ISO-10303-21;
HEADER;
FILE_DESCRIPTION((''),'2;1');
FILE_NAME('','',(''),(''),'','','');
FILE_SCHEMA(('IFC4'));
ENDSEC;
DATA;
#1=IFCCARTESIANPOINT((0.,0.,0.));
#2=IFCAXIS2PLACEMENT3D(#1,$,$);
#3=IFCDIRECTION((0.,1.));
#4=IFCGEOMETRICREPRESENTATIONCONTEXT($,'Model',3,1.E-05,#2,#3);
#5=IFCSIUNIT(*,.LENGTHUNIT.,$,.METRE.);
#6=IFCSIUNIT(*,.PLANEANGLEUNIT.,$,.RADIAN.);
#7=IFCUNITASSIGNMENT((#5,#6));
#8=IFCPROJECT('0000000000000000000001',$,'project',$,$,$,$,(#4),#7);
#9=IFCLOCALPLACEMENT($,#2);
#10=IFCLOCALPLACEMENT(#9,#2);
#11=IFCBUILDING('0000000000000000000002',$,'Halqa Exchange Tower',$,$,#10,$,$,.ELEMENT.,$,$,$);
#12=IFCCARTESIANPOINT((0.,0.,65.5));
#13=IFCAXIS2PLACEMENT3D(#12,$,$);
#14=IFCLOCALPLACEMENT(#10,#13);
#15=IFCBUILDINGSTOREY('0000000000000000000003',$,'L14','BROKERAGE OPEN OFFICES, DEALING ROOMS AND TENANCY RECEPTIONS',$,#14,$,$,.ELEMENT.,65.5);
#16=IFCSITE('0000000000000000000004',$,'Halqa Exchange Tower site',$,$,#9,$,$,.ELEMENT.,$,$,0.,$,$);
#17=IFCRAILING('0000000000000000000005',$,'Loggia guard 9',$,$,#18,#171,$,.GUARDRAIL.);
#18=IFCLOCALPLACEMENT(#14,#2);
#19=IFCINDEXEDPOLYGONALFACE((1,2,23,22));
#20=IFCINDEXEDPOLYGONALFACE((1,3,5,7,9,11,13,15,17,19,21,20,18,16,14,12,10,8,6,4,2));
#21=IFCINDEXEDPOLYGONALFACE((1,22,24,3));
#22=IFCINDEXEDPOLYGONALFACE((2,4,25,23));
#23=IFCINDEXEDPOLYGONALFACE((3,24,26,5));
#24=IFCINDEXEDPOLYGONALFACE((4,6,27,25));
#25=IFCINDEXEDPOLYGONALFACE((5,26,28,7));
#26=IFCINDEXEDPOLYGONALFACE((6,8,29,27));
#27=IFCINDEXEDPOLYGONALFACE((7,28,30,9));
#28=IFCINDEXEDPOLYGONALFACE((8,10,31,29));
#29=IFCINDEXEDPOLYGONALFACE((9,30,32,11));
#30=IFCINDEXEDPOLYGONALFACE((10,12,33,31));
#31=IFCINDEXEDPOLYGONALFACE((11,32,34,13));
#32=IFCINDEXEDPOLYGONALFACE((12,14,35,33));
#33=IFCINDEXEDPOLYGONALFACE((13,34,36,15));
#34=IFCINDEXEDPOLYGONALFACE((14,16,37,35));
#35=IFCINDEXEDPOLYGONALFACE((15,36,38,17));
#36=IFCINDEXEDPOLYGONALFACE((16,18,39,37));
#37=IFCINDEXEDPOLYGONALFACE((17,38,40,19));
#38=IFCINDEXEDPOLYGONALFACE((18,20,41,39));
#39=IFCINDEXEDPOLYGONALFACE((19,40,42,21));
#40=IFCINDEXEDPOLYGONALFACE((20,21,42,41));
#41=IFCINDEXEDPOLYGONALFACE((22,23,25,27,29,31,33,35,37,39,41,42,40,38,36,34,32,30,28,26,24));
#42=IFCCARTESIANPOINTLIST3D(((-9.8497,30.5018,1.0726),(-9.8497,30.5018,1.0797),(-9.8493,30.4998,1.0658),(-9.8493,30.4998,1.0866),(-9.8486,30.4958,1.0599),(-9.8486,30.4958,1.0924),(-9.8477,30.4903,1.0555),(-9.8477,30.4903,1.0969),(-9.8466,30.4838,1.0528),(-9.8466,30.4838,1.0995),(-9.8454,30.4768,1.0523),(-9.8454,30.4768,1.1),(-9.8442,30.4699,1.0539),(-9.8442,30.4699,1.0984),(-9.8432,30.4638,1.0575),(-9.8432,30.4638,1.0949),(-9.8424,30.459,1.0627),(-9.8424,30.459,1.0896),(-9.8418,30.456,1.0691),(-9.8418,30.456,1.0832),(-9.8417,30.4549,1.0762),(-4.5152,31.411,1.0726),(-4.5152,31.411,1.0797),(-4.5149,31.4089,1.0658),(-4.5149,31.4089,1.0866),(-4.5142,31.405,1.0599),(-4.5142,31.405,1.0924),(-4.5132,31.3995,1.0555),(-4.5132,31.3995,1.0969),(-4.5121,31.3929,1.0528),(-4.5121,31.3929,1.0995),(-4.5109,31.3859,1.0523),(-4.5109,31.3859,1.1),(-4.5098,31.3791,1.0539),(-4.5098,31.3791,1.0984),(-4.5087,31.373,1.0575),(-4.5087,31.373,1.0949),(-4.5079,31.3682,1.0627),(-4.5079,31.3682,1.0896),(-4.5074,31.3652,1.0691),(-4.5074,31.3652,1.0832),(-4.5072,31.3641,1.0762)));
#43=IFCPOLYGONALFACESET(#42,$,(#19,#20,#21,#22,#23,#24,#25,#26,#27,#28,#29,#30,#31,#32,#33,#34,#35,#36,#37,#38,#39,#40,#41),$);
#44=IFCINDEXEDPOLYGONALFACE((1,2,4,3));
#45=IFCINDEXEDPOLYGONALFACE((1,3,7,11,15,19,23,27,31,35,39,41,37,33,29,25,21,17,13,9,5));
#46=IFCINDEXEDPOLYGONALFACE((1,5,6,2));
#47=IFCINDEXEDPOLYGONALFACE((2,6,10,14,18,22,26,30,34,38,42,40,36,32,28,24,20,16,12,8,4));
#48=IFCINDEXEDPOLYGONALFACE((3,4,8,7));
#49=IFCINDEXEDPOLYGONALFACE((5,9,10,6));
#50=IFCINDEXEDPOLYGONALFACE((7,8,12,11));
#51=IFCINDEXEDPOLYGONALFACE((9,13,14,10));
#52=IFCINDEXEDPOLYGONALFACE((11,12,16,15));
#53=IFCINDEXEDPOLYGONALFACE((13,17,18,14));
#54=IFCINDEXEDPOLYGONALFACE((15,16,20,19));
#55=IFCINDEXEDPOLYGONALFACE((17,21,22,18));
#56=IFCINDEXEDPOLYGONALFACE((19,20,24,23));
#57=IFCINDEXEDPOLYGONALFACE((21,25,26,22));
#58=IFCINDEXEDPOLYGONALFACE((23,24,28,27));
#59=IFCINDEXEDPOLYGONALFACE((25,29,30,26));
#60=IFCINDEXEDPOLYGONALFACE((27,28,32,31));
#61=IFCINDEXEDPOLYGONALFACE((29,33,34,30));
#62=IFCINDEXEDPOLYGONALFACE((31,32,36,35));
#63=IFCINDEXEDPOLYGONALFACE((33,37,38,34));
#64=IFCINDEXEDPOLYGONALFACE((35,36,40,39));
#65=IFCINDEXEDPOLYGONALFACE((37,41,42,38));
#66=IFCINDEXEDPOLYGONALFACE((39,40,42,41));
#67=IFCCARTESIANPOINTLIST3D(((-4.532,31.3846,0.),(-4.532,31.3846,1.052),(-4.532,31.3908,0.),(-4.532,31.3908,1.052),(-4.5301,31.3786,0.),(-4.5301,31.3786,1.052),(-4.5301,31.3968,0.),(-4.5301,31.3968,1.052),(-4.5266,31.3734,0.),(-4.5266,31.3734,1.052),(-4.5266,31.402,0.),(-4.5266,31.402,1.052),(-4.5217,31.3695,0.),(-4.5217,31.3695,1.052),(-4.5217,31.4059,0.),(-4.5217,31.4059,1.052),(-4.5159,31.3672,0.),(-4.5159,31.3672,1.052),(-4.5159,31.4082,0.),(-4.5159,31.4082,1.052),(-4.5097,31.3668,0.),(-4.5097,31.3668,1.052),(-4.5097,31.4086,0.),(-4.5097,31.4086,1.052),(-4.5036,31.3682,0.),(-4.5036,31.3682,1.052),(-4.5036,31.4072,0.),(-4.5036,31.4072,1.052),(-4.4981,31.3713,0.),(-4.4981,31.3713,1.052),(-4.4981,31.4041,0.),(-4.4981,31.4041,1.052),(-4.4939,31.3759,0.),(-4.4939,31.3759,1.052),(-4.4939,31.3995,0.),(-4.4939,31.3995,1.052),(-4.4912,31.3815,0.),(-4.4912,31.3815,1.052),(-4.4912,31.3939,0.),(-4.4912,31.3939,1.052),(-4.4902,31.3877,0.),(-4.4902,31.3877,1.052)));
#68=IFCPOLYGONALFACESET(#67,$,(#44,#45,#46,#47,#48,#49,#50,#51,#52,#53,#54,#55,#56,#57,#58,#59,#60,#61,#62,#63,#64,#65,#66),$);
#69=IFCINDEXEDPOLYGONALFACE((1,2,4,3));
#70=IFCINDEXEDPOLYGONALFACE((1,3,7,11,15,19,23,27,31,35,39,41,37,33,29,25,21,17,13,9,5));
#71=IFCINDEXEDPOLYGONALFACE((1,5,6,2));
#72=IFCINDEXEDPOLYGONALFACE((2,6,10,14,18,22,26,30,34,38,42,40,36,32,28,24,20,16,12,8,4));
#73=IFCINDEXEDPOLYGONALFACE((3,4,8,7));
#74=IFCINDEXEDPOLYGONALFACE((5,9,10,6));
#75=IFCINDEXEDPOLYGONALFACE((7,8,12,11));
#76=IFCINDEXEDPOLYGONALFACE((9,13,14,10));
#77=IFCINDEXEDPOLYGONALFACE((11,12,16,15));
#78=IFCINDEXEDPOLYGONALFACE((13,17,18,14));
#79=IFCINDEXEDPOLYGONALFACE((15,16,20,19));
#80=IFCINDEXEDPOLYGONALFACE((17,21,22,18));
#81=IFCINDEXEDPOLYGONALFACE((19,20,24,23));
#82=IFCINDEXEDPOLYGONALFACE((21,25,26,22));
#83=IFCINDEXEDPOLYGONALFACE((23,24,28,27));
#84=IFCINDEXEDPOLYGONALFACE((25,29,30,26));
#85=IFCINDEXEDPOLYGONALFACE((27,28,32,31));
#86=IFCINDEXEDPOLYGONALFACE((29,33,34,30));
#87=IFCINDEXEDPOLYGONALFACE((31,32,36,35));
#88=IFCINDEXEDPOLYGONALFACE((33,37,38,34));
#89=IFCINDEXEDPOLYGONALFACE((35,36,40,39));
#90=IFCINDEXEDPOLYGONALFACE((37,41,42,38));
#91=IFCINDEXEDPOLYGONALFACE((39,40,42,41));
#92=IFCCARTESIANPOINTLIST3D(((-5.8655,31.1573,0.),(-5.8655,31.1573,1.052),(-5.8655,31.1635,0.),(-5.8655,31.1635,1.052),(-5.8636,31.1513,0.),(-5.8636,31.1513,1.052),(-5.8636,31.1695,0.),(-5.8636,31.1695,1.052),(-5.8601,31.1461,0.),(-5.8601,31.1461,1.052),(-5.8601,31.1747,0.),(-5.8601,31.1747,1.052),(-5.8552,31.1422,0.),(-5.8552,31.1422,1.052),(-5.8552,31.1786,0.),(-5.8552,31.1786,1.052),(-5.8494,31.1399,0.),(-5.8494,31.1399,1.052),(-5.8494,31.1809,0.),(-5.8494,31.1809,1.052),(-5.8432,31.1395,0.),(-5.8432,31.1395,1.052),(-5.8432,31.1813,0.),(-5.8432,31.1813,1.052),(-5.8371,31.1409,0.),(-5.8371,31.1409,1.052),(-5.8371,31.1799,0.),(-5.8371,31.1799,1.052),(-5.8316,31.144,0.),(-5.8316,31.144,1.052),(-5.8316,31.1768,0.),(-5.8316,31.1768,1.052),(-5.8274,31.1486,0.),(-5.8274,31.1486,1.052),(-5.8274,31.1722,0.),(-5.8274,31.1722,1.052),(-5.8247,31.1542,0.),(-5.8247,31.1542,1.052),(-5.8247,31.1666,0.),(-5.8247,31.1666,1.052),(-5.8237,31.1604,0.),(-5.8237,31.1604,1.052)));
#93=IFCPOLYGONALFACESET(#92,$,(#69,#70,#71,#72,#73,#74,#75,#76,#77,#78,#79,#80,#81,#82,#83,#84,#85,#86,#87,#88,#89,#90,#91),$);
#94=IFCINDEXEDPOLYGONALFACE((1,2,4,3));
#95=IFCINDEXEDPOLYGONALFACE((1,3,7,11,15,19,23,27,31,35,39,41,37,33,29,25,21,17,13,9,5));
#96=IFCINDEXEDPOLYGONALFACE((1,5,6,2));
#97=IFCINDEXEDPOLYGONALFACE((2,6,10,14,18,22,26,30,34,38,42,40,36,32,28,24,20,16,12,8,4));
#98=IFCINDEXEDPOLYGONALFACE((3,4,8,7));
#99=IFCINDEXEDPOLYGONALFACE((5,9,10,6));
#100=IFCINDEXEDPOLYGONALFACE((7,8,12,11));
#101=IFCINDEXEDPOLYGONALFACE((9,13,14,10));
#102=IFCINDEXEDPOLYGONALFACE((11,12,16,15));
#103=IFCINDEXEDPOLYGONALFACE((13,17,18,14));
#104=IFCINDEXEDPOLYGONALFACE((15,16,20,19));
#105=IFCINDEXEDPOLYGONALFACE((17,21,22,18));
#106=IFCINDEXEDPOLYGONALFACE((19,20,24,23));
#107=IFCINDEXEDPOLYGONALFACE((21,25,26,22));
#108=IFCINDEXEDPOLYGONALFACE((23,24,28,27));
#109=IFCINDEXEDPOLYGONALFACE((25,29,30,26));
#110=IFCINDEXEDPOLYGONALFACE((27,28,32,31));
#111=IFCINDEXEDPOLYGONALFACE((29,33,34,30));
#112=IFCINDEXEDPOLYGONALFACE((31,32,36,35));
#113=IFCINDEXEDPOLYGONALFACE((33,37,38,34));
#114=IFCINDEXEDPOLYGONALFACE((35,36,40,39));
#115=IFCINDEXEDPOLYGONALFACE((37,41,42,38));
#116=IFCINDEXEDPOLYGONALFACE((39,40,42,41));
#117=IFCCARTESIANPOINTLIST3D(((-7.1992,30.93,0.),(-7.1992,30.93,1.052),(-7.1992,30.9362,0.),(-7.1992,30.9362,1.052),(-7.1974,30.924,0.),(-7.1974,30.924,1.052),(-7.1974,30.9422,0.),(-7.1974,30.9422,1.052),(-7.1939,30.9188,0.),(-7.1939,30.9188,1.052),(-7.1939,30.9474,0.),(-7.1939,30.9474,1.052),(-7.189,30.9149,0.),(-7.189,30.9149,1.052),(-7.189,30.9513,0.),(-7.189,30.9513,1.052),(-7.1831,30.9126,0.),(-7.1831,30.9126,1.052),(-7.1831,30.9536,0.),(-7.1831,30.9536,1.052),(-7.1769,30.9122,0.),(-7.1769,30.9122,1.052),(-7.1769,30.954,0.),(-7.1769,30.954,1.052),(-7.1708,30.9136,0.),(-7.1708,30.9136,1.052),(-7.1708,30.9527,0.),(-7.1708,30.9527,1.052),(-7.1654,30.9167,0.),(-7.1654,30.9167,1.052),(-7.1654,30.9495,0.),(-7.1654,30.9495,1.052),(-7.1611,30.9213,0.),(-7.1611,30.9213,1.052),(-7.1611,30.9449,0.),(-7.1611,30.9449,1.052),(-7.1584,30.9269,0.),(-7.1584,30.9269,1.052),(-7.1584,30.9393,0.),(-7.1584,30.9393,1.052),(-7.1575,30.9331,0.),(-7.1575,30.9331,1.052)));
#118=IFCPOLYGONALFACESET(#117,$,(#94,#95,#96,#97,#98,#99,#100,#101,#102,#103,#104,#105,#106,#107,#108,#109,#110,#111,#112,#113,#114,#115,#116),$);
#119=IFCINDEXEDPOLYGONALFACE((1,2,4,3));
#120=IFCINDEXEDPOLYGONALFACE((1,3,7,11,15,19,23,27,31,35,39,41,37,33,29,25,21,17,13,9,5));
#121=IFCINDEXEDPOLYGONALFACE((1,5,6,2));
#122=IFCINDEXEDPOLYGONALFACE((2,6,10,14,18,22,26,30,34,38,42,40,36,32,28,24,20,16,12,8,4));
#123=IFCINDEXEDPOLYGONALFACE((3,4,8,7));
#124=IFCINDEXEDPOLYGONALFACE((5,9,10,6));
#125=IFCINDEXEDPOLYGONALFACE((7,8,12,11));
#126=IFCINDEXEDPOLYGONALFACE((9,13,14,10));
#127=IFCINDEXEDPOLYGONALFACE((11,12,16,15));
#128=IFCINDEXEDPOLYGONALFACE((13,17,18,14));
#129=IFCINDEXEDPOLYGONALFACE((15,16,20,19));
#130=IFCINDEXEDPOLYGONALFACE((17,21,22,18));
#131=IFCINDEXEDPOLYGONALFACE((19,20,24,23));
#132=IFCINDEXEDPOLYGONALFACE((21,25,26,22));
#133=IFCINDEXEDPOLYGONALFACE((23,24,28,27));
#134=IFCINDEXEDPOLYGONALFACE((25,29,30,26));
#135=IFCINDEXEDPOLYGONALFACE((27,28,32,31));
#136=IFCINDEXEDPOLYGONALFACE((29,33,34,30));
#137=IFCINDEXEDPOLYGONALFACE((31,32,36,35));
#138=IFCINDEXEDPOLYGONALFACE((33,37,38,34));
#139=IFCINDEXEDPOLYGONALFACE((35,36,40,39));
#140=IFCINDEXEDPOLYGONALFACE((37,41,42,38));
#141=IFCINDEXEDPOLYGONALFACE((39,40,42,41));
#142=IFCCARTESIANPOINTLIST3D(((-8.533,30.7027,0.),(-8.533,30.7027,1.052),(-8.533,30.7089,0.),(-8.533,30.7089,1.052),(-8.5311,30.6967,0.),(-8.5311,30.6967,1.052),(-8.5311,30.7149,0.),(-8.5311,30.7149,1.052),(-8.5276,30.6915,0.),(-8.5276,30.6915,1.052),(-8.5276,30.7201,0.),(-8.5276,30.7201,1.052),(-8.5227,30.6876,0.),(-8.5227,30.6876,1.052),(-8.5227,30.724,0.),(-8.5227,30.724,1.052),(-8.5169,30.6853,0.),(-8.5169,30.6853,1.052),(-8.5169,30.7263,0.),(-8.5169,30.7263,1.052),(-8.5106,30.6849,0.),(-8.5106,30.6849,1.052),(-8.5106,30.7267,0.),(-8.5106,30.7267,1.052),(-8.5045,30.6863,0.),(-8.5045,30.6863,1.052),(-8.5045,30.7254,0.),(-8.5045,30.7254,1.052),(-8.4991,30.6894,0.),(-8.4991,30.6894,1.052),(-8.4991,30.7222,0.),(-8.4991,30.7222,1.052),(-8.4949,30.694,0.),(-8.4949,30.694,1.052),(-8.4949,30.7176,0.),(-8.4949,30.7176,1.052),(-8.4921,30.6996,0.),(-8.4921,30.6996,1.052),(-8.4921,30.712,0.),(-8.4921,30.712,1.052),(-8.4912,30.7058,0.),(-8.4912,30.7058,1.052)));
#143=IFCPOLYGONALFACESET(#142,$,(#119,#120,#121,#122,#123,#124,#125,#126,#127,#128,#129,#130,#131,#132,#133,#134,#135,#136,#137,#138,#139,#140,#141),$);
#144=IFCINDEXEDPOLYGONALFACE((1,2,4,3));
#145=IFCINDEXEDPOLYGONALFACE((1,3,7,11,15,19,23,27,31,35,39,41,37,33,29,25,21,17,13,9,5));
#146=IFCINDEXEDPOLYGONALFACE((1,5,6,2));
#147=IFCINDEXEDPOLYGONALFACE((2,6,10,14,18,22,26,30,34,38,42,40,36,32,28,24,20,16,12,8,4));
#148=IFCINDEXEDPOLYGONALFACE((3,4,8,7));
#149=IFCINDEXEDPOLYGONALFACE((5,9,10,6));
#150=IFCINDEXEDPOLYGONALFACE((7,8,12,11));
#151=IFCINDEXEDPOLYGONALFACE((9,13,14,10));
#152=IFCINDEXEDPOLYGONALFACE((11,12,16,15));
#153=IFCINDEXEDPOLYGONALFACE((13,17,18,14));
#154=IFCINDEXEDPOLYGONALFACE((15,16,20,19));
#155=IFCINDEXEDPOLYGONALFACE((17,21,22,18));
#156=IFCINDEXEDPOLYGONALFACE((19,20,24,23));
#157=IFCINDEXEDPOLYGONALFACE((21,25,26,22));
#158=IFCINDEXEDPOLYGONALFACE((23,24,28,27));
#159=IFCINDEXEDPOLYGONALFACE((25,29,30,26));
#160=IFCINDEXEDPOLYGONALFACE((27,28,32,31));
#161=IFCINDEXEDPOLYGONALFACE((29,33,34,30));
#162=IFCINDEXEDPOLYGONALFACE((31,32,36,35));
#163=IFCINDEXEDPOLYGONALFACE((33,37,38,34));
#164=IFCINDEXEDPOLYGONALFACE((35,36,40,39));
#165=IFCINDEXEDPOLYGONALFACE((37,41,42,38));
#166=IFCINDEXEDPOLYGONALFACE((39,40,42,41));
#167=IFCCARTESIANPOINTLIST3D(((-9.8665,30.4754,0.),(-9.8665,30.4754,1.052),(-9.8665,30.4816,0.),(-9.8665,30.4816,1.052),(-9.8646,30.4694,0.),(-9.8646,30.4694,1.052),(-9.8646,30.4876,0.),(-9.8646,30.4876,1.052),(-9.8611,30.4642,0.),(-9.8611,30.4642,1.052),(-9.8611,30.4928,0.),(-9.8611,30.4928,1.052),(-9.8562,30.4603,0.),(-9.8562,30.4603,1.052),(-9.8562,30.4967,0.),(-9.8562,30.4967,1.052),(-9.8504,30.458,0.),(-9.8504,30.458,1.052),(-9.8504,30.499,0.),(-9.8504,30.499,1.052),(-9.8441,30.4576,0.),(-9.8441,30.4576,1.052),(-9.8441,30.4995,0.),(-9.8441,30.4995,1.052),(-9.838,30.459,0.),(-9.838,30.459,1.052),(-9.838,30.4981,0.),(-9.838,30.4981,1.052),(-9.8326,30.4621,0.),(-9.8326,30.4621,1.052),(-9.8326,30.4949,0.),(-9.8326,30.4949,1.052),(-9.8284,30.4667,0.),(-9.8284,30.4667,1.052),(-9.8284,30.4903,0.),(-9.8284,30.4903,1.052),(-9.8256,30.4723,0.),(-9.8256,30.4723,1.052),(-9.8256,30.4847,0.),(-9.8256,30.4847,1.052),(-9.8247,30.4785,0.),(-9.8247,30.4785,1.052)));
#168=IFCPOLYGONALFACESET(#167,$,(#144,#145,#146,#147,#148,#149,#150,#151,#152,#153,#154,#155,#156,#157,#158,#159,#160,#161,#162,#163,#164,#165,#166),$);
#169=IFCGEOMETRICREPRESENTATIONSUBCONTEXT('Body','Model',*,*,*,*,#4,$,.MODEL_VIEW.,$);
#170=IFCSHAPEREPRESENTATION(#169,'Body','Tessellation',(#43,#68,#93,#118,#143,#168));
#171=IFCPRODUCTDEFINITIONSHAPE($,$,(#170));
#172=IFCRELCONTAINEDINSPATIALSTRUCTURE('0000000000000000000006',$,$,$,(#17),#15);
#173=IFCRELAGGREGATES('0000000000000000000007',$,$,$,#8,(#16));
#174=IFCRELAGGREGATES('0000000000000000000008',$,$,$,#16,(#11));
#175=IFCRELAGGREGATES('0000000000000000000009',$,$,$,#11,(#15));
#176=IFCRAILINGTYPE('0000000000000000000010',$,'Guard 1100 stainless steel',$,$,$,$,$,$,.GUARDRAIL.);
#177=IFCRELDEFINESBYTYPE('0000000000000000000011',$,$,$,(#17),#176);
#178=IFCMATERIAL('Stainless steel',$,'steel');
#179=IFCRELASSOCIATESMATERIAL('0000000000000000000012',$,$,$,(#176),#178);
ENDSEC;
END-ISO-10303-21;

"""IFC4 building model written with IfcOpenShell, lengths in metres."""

from ifc_helpers import new_model, si_unit, direction, frame, origin, origin_2d, place, context, subcontext, project, spatial, circle, extrude, material, type_object, element, save


model = new_model("IFC4")

# Units and contexts
model_context = context("Model", 3, precision=1e-05, world=origin(), true_north=direction((0.0, 1.0)))
body_context = subcontext(model_context, "Body", "Model", "MODEL_VIEW")
ifc_project = project(units=[si_unit("LENGTHUNIT", "METRE"), si_unit("PLANEANGLEUNIT", "RADIAN")], contexts=[model_context])

# Site, building, storey
site_placement = place(None, origin())
site = spatial("IfcSite", under=ifc_project, at=site_placement, Name="Halqa Exchange Tower site", CompositionType="ELEMENT", RefElevation=0.0)
building_placement = place(site_placement, origin())
building = spatial("IfcBuilding", under=site, at=building_placement, Name="Halqa Exchange Tower", CompositionType="ELEMENT")
storey_placement = place(building_placement, frame((0.0, 0.0, 65.5)))
storey = spatial("IfcBuildingStorey", under=building, at=storey_placement, Name="L14", Description="BROKERAGE OPEN OFFICES, DEALING ROOMS AND TENANCY RECEPTIONS", CompositionType="ELEMENT", Elevation=65.5)

# Railing
ifc_material_1 = material(Name="Stainless steel", Category="steel")
railing_type_1 = type_object("IfcRailingType", Name="Guard 1100 stainless steel", PredefinedType="GUARDRAIL", material=ifc_material_1)
railing_1_placement = place(storey_placement, frame((-4.5112, 31.3877, 0.0)))
element("IfcRailing", 1, at=railing_1_placement, inside=storey, type_object=railing_type_1, Name="Loggia guard 9", PredefinedType="GUARDRAIL", context=body_context, shape_type="SweptSolid", body=[
    extrude(circle(Radius=0.0239, at=origin_2d()), frame((0.0, 0.0, 1.0762), z_axis=(-0.985785, -0.168012, 0.0), x_axis=(0.168012, -0.985785, 0.0)), (0.0, 0.0, 1.0), 5.4114),
    extrude(circle(Radius=0.021, at=origin_2d()), origin(), (0.0, 0.0, 1.0), 1.052),
    extrude(circle(Radius=0.021, at=origin_2d()), frame((-1.3335, -0.2273, 0.0)), (0.0, 0.0, 1.0), 1.052),
    extrude(circle(Radius=0.021, at=origin_2d()), frame((-2.6672, -0.4546, 0.0)), (0.0, 0.0, 1.0), 1.052),
    extrude(circle(Radius=0.021, at=origin_2d()), frame((-4.001, -0.6819, 0.0)), (0.0, 0.0, 1.0), 1.052),
    extrude(circle(Radius=0.021, at=origin_2d()), frame((-5.3345, -0.9092, 0.0)), (0.0, 0.0, 1.0), 1.052),
])

save(model, "model.ifc")
